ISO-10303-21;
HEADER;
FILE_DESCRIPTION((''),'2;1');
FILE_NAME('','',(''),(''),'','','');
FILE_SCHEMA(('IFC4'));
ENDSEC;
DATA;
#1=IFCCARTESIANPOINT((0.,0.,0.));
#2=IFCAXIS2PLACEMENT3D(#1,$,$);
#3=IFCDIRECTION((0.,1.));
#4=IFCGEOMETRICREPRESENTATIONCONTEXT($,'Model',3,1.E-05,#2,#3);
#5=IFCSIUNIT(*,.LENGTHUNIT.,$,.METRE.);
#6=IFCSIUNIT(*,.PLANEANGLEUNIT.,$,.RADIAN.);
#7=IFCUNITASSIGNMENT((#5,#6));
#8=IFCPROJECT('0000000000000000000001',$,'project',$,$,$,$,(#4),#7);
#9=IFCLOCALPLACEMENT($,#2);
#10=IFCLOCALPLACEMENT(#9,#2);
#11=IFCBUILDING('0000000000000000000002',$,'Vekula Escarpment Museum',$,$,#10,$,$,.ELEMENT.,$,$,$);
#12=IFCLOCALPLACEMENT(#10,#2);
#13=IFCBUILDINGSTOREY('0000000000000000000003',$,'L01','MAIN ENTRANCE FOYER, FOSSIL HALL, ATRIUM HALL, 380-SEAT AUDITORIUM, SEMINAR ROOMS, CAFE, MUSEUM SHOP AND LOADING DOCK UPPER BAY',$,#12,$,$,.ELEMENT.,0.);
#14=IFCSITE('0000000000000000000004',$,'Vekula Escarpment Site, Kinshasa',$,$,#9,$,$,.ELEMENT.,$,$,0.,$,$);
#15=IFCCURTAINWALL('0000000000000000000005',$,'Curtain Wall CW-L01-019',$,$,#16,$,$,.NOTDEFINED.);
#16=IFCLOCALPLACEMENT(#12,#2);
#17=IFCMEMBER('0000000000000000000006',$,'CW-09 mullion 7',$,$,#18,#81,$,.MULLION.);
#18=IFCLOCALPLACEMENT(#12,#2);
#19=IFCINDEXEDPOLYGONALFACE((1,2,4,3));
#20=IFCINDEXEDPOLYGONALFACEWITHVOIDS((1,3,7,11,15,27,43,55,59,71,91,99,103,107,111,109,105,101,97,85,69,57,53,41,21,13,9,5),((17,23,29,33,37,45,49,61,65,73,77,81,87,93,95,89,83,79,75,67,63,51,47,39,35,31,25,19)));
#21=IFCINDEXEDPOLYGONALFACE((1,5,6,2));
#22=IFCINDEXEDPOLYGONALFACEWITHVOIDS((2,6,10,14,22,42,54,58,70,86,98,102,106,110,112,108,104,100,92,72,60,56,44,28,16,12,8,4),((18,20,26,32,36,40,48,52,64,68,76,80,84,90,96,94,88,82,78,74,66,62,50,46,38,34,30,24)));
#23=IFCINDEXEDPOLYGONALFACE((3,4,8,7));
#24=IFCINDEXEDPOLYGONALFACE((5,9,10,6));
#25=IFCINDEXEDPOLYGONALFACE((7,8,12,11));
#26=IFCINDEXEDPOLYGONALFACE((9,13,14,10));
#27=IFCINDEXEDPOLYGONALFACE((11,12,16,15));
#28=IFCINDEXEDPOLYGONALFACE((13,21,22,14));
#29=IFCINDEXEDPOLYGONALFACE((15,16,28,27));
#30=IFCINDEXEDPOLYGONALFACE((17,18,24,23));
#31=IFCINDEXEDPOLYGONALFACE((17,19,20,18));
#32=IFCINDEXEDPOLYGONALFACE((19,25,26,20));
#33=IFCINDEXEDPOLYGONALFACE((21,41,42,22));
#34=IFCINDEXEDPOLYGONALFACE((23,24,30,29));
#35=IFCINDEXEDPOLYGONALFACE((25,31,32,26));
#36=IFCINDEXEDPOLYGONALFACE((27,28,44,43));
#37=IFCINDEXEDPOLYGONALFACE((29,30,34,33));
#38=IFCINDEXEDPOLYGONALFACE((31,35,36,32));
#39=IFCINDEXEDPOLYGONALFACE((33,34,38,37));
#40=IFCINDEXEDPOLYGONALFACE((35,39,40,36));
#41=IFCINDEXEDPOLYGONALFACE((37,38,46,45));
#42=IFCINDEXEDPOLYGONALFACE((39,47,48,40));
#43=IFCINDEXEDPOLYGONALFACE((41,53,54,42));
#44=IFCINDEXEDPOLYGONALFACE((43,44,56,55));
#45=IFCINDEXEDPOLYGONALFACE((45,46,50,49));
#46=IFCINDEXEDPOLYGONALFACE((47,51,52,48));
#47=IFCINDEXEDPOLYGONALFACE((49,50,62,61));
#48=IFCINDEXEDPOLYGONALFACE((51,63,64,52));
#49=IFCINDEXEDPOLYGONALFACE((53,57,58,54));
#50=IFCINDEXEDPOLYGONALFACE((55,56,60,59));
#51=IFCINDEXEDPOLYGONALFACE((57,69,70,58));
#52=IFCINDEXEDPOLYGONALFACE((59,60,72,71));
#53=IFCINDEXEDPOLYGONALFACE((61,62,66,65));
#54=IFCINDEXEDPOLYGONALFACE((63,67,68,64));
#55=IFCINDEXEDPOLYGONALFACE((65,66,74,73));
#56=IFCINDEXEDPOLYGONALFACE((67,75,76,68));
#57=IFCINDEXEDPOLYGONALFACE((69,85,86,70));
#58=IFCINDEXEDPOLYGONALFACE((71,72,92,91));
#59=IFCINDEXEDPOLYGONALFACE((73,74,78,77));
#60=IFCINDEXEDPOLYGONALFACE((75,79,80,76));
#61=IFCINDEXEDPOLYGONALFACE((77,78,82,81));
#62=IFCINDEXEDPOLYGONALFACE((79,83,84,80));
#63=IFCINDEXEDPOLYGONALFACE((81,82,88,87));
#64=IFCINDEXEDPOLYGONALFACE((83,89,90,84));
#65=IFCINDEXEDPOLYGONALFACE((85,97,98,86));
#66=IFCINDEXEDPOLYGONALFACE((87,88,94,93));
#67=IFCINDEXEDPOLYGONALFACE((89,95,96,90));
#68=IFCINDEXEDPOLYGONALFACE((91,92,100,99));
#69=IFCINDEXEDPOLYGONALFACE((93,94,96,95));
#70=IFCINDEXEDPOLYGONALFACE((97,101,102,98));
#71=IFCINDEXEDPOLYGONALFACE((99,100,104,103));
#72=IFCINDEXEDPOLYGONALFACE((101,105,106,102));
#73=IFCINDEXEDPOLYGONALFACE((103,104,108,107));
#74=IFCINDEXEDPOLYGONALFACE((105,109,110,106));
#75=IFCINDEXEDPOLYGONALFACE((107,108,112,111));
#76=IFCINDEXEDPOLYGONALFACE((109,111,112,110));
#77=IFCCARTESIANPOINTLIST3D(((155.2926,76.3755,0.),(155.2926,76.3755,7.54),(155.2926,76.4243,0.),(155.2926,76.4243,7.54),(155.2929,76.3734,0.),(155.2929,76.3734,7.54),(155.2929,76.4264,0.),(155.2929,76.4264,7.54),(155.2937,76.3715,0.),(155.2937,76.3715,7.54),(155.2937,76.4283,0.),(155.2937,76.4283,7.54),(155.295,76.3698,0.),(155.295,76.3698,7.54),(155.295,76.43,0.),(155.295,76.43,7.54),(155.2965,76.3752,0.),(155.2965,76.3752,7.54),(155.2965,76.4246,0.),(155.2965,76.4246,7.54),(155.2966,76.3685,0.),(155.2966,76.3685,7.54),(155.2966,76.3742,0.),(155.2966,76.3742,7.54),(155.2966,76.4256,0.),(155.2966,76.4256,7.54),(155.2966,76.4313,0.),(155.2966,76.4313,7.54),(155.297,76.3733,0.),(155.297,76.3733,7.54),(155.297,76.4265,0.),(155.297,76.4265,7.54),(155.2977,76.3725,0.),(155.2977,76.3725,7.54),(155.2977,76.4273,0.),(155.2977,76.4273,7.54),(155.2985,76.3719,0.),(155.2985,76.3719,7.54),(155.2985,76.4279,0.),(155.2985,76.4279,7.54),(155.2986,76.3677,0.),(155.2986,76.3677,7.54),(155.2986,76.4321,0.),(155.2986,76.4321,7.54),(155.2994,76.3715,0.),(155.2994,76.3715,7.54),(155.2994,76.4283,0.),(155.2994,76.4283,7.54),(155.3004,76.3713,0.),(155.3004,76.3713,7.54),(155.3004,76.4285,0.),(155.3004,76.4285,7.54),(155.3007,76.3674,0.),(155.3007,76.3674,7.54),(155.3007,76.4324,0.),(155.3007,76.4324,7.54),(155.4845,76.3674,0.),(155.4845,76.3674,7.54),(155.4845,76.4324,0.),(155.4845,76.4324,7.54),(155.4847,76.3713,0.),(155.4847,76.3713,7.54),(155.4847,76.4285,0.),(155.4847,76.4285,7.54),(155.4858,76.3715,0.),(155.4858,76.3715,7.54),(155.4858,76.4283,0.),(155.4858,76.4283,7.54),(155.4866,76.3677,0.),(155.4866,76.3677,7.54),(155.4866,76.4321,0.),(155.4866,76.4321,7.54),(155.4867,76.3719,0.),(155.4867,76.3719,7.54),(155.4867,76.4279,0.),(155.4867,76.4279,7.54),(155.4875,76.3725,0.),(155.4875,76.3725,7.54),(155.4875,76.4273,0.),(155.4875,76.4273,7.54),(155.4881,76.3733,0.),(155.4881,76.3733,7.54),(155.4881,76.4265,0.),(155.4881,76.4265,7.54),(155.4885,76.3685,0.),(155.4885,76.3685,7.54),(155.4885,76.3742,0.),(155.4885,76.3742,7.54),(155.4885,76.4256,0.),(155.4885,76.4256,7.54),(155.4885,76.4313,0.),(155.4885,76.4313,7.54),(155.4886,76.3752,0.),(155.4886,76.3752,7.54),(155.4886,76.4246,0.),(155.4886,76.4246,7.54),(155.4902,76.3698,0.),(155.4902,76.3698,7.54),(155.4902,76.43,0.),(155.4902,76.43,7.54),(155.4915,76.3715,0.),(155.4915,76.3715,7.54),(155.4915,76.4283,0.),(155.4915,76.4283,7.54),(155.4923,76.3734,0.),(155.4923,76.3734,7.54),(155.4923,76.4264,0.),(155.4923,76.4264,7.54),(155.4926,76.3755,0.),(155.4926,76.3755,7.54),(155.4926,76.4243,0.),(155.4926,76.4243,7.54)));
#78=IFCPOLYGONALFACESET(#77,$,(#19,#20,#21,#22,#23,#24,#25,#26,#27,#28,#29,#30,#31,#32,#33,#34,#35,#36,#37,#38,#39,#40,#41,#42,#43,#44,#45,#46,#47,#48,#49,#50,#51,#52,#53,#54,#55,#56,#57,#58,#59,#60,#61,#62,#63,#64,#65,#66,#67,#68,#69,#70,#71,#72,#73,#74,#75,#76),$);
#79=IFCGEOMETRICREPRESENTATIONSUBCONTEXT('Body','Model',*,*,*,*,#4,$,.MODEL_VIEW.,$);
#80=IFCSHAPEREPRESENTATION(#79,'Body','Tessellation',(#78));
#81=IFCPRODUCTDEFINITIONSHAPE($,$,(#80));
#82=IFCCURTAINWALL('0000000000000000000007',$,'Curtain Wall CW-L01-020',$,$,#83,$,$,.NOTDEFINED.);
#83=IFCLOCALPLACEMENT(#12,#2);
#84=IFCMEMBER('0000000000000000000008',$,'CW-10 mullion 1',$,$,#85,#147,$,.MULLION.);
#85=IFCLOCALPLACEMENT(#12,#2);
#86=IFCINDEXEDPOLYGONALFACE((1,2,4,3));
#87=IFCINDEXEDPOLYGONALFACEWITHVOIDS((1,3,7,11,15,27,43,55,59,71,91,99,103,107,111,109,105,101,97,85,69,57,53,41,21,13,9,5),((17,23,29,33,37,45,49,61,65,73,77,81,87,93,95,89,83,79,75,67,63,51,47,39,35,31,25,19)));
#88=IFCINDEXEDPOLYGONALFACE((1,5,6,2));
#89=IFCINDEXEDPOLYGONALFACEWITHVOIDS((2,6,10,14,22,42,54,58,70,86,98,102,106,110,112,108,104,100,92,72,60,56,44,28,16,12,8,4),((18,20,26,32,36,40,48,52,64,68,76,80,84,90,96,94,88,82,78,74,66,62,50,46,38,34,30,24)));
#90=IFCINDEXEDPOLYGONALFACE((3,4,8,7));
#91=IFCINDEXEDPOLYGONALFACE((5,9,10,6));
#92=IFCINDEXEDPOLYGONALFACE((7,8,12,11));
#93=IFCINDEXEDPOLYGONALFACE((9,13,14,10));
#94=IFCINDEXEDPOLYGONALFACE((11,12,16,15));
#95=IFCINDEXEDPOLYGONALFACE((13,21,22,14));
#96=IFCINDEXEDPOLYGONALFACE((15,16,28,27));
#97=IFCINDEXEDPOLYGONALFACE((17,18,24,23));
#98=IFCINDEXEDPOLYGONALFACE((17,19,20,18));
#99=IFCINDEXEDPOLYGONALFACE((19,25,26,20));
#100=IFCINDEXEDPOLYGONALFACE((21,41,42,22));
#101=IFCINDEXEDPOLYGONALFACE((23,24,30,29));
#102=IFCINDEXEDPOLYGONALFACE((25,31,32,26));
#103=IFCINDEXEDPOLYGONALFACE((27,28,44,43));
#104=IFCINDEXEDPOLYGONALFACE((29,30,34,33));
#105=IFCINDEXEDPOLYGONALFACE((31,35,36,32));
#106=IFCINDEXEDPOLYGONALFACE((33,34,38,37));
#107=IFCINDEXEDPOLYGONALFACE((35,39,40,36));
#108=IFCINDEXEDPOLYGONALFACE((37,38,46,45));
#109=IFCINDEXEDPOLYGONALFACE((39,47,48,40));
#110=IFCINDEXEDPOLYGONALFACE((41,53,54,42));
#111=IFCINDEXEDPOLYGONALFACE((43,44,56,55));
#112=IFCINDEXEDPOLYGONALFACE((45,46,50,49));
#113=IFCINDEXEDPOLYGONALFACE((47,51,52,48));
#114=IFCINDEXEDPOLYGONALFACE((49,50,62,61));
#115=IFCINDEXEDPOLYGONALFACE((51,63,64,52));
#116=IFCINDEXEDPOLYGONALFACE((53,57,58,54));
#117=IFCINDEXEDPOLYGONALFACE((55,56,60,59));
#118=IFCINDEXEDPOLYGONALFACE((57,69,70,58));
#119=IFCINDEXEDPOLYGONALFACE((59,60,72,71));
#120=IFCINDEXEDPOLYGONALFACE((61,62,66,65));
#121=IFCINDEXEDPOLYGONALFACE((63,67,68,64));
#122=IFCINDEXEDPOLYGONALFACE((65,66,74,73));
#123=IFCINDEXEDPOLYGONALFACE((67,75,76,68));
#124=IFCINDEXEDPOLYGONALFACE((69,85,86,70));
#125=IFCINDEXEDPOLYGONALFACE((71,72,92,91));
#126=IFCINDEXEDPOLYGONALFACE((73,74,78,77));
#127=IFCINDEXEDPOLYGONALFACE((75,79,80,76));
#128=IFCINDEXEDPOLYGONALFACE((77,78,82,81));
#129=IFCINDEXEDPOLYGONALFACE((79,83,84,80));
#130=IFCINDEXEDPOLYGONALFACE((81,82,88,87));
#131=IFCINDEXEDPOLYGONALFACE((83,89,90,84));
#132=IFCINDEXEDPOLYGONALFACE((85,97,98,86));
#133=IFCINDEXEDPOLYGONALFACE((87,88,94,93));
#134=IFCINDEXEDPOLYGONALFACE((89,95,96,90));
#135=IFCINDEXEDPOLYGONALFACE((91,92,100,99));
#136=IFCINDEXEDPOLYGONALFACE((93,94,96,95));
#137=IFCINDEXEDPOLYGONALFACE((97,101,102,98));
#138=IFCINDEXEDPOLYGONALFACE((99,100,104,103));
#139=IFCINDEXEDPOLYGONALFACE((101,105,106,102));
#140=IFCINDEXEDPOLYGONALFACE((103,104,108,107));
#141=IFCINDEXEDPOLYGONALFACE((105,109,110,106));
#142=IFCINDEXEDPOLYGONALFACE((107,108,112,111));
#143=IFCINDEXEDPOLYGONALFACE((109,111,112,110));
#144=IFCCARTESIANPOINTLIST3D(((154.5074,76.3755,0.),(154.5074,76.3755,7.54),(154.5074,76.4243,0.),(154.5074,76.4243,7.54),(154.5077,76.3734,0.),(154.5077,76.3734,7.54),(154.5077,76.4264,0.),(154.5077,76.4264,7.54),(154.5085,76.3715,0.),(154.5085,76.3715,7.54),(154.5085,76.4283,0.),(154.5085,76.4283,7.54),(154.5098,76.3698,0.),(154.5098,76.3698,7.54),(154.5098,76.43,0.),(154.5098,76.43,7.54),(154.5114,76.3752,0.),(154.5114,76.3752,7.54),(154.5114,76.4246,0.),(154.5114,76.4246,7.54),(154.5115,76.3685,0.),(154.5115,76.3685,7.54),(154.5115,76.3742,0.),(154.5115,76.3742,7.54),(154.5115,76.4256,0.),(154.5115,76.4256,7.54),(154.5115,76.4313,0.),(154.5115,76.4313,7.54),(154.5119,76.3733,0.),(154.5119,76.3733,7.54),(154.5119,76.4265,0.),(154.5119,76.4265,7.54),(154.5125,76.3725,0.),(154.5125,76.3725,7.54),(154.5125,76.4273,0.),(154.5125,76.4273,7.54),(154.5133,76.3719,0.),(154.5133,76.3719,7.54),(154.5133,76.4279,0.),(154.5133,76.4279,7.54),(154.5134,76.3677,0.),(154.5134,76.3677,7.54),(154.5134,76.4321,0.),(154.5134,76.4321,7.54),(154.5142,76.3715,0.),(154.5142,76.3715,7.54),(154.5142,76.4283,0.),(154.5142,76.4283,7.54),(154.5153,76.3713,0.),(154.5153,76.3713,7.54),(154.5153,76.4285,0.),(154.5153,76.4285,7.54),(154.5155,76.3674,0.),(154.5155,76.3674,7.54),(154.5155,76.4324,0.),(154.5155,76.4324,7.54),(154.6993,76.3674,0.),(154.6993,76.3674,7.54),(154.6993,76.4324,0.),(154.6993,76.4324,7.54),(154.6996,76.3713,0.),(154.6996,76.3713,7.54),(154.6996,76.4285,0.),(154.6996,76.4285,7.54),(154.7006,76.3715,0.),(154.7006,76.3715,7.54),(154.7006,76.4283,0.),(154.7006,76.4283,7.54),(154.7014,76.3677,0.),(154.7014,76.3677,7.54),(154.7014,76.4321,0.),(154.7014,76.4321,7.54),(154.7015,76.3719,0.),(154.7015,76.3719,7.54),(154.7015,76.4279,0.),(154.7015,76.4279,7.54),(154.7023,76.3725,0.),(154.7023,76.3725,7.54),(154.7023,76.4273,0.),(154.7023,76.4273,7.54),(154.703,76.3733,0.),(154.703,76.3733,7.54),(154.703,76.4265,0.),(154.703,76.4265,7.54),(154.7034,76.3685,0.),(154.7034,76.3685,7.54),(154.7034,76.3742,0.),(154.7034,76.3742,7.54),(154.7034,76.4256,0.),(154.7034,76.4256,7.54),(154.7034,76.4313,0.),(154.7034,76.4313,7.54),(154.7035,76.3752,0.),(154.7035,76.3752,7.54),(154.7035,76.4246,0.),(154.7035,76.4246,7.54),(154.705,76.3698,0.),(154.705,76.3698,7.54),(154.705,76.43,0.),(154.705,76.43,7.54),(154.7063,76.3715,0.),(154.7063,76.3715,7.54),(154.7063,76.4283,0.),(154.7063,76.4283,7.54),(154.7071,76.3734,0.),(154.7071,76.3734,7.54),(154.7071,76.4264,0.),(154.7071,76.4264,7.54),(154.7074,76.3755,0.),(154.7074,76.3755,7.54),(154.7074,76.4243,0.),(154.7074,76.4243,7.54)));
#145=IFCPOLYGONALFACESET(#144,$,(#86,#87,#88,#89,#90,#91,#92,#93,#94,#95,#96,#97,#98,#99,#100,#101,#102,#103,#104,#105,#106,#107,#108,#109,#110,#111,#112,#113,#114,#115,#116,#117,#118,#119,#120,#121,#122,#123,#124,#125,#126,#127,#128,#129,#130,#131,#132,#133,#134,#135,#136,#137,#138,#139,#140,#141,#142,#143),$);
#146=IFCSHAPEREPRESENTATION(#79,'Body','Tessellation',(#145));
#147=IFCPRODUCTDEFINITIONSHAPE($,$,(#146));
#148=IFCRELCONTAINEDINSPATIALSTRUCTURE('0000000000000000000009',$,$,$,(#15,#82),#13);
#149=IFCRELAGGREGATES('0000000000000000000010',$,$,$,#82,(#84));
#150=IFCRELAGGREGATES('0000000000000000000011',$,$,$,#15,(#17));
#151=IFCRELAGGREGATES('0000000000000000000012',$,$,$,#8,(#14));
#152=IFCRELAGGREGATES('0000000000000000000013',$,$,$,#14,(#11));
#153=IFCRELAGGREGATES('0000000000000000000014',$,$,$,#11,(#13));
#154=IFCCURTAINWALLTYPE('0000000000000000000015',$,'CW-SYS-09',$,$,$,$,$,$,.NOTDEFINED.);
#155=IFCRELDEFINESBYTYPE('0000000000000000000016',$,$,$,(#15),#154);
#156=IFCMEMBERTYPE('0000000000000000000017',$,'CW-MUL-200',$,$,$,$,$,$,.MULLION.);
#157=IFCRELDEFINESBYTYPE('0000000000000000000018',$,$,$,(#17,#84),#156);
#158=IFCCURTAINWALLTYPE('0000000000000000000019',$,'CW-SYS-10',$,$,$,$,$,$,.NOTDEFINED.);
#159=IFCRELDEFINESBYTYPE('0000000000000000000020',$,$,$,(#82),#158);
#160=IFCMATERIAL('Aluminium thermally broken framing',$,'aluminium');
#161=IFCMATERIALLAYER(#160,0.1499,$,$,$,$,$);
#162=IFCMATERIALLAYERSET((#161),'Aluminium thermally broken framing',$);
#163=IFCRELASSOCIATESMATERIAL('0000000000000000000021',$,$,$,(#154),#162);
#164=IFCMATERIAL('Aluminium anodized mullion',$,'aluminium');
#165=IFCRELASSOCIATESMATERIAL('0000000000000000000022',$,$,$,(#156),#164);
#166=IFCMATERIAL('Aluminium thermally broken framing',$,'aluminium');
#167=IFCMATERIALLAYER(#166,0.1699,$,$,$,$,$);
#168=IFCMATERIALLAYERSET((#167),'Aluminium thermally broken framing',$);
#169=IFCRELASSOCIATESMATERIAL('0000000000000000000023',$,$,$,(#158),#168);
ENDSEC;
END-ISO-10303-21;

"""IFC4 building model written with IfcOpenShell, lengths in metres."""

from ifc_helpers import new_model, si_unit, direction, frame, origin, origin_2d, place, context, subcontext, project, spatial, hollow_rectangle, extrude, material, layer, layer_set, material_profile, profile_set, type_object, element, aggregate, save


model = new_model("IFC4")

# Units and contexts
model_context = context("Model", 3, precision=1e-05, world=origin(), true_north=direction((0.0, 1.0)))
body_context = subcontext(model_context, "Body", "Model", "MODEL_VIEW")
ifc_project = project(units=[si_unit("LENGTHUNIT", "METRE"), si_unit("PLANEANGLEUNIT", "RADIAN")], contexts=[model_context])

# Site, building, storey
site_placement = place(None, origin())
site = spatial("IfcSite", under=ifc_project, at=site_placement, Name="Vekula Escarpment Site, Kinshasa", CompositionType="ELEMENT", RefElevation=0.0)
building_placement = place(site_placement, origin())
building = spatial("IfcBuilding", under=site, at=building_placement, Name="Vekula Escarpment Museum", CompositionType="ELEMENT")
storey_placement = place(building_placement, origin())
storey = spatial("IfcBuildingStorey", under=building, at=storey_placement, Name="L01", Description="MAIN ENTRANCE FOYER, FOSSIL HALL, ATRIUM HALL, 380-SEAT AUDITORIUM, SEMINAR ROOMS, CAFE, MUSEUM SHOP AND LOADING DOCK UPPER BAY", CompositionType="ELEMENT", Elevation=0.0)

# Curtain wall, member
ifc_material_1 = material(Name="Aluminium thermally broken framing", Category="aluminium")
ifc_layer_1 = layer(ifc_material_1, 0.1499)
ifc_layer_set_1 = layer_set([ifc_layer_1], Name="Aluminium thermally broken framing")
curtain_wall_type_1 = type_object("IfcCurtainWallType", Name="CW-SYS-09", PredefinedType="NOTDEFINED", material=ifc_layer_set_1)
curtain_wall_1_placement = place(storey_placement, origin())
curtain_wall_1 = element("IfcCurtainWall", 1, at=curtain_wall_1_placement, inside=storey, type_object=curtain_wall_type_1, Name="Curtain Wall CW-L01-019", PredefinedType="NOTDEFINED")
ifc_material_2 = material(Name="Aluminium anodized mullion", Category="aluminium")
ifc_material_profile_1 = material_profile(ifc_material_2, hollow_rectangle(XDim=0.0649, YDim=0.2, WallThickness=0.0039, InnerFilletRadius=0.0039, OuterFilletRadius=0.0081, at=origin_2d()), Name="ALU 200x65x4")
ifc_profile_set_1 = profile_set([ifc_material_profile_1], Name="Aluminium anodized mullion")
member_type_1 = type_object("IfcMemberType", Name="CW-MUL-200", PredefinedType="MULLION", material=ifc_profile_set_1)
member_1_placement = place(storey_placement, frame((155.3926, 76.3999, 0.0), z_axis=(0.0, 0.0, 1.0), x_axis=(0.0, -1.0, 0.0)))
member_1 = element("IfcMember", 2, at=member_1_placement, type_object=member_type_1, Name="CW-09 mullion 7", PredefinedType="MULLION", context=body_context, shape_type="SweptSolid", body=[
    extrude(hollow_rectangle(XDim=0.0649, YDim=0.2, WallThickness=0.0039, InnerFilletRadius=0.0039, OuterFilletRadius=0.0081, at=origin_2d()), origin(), (0.0, 0.0, 1.0), 7.54),
])

# Curtain wall, member
ifc_material_3 = material(Name="Aluminium thermally broken framing", Category="aluminium")
ifc_layer_2 = layer(ifc_material_3, 0.1699)
ifc_layer_set_2 = layer_set([ifc_layer_2], Name="Aluminium thermally broken framing")
curtain_wall_type_2 = type_object("IfcCurtainWallType", Name="CW-SYS-10", PredefinedType="NOTDEFINED", material=ifc_layer_set_2)
curtain_wall_2_placement = place(storey_placement, origin())
curtain_wall_2 = element("IfcCurtainWall", 3, at=curtain_wall_2_placement, inside=storey, type_object=curtain_wall_type_2, Name="Curtain Wall CW-L01-020", PredefinedType="NOTDEFINED")
member_2_placement = place(storey_placement, frame((154.6074, 76.3999, 0.0), z_axis=(0.0, 0.0, 1.0), x_axis=(0.0, -1.0, 0.0)))
member_2 = element("IfcMember", 4, at=member_2_placement, type_object=member_type_1, Name="CW-10 mullion 1", PredefinedType="MULLION", context=body_context, shape_type="SweptSolid", body=[
    extrude(hollow_rectangle(XDim=0.0649, YDim=0.2, WallThickness=0.0039, InnerFilletRadius=0.0039, OuterFilletRadius=0.0081, at=origin_2d()), origin(), (0.0, 0.0, 1.0), 7.54),
])
aggregate(curtain_wall_2, [member_2])

aggregate(curtain_wall_1, [member_1])

save(model, "model.ifc")
